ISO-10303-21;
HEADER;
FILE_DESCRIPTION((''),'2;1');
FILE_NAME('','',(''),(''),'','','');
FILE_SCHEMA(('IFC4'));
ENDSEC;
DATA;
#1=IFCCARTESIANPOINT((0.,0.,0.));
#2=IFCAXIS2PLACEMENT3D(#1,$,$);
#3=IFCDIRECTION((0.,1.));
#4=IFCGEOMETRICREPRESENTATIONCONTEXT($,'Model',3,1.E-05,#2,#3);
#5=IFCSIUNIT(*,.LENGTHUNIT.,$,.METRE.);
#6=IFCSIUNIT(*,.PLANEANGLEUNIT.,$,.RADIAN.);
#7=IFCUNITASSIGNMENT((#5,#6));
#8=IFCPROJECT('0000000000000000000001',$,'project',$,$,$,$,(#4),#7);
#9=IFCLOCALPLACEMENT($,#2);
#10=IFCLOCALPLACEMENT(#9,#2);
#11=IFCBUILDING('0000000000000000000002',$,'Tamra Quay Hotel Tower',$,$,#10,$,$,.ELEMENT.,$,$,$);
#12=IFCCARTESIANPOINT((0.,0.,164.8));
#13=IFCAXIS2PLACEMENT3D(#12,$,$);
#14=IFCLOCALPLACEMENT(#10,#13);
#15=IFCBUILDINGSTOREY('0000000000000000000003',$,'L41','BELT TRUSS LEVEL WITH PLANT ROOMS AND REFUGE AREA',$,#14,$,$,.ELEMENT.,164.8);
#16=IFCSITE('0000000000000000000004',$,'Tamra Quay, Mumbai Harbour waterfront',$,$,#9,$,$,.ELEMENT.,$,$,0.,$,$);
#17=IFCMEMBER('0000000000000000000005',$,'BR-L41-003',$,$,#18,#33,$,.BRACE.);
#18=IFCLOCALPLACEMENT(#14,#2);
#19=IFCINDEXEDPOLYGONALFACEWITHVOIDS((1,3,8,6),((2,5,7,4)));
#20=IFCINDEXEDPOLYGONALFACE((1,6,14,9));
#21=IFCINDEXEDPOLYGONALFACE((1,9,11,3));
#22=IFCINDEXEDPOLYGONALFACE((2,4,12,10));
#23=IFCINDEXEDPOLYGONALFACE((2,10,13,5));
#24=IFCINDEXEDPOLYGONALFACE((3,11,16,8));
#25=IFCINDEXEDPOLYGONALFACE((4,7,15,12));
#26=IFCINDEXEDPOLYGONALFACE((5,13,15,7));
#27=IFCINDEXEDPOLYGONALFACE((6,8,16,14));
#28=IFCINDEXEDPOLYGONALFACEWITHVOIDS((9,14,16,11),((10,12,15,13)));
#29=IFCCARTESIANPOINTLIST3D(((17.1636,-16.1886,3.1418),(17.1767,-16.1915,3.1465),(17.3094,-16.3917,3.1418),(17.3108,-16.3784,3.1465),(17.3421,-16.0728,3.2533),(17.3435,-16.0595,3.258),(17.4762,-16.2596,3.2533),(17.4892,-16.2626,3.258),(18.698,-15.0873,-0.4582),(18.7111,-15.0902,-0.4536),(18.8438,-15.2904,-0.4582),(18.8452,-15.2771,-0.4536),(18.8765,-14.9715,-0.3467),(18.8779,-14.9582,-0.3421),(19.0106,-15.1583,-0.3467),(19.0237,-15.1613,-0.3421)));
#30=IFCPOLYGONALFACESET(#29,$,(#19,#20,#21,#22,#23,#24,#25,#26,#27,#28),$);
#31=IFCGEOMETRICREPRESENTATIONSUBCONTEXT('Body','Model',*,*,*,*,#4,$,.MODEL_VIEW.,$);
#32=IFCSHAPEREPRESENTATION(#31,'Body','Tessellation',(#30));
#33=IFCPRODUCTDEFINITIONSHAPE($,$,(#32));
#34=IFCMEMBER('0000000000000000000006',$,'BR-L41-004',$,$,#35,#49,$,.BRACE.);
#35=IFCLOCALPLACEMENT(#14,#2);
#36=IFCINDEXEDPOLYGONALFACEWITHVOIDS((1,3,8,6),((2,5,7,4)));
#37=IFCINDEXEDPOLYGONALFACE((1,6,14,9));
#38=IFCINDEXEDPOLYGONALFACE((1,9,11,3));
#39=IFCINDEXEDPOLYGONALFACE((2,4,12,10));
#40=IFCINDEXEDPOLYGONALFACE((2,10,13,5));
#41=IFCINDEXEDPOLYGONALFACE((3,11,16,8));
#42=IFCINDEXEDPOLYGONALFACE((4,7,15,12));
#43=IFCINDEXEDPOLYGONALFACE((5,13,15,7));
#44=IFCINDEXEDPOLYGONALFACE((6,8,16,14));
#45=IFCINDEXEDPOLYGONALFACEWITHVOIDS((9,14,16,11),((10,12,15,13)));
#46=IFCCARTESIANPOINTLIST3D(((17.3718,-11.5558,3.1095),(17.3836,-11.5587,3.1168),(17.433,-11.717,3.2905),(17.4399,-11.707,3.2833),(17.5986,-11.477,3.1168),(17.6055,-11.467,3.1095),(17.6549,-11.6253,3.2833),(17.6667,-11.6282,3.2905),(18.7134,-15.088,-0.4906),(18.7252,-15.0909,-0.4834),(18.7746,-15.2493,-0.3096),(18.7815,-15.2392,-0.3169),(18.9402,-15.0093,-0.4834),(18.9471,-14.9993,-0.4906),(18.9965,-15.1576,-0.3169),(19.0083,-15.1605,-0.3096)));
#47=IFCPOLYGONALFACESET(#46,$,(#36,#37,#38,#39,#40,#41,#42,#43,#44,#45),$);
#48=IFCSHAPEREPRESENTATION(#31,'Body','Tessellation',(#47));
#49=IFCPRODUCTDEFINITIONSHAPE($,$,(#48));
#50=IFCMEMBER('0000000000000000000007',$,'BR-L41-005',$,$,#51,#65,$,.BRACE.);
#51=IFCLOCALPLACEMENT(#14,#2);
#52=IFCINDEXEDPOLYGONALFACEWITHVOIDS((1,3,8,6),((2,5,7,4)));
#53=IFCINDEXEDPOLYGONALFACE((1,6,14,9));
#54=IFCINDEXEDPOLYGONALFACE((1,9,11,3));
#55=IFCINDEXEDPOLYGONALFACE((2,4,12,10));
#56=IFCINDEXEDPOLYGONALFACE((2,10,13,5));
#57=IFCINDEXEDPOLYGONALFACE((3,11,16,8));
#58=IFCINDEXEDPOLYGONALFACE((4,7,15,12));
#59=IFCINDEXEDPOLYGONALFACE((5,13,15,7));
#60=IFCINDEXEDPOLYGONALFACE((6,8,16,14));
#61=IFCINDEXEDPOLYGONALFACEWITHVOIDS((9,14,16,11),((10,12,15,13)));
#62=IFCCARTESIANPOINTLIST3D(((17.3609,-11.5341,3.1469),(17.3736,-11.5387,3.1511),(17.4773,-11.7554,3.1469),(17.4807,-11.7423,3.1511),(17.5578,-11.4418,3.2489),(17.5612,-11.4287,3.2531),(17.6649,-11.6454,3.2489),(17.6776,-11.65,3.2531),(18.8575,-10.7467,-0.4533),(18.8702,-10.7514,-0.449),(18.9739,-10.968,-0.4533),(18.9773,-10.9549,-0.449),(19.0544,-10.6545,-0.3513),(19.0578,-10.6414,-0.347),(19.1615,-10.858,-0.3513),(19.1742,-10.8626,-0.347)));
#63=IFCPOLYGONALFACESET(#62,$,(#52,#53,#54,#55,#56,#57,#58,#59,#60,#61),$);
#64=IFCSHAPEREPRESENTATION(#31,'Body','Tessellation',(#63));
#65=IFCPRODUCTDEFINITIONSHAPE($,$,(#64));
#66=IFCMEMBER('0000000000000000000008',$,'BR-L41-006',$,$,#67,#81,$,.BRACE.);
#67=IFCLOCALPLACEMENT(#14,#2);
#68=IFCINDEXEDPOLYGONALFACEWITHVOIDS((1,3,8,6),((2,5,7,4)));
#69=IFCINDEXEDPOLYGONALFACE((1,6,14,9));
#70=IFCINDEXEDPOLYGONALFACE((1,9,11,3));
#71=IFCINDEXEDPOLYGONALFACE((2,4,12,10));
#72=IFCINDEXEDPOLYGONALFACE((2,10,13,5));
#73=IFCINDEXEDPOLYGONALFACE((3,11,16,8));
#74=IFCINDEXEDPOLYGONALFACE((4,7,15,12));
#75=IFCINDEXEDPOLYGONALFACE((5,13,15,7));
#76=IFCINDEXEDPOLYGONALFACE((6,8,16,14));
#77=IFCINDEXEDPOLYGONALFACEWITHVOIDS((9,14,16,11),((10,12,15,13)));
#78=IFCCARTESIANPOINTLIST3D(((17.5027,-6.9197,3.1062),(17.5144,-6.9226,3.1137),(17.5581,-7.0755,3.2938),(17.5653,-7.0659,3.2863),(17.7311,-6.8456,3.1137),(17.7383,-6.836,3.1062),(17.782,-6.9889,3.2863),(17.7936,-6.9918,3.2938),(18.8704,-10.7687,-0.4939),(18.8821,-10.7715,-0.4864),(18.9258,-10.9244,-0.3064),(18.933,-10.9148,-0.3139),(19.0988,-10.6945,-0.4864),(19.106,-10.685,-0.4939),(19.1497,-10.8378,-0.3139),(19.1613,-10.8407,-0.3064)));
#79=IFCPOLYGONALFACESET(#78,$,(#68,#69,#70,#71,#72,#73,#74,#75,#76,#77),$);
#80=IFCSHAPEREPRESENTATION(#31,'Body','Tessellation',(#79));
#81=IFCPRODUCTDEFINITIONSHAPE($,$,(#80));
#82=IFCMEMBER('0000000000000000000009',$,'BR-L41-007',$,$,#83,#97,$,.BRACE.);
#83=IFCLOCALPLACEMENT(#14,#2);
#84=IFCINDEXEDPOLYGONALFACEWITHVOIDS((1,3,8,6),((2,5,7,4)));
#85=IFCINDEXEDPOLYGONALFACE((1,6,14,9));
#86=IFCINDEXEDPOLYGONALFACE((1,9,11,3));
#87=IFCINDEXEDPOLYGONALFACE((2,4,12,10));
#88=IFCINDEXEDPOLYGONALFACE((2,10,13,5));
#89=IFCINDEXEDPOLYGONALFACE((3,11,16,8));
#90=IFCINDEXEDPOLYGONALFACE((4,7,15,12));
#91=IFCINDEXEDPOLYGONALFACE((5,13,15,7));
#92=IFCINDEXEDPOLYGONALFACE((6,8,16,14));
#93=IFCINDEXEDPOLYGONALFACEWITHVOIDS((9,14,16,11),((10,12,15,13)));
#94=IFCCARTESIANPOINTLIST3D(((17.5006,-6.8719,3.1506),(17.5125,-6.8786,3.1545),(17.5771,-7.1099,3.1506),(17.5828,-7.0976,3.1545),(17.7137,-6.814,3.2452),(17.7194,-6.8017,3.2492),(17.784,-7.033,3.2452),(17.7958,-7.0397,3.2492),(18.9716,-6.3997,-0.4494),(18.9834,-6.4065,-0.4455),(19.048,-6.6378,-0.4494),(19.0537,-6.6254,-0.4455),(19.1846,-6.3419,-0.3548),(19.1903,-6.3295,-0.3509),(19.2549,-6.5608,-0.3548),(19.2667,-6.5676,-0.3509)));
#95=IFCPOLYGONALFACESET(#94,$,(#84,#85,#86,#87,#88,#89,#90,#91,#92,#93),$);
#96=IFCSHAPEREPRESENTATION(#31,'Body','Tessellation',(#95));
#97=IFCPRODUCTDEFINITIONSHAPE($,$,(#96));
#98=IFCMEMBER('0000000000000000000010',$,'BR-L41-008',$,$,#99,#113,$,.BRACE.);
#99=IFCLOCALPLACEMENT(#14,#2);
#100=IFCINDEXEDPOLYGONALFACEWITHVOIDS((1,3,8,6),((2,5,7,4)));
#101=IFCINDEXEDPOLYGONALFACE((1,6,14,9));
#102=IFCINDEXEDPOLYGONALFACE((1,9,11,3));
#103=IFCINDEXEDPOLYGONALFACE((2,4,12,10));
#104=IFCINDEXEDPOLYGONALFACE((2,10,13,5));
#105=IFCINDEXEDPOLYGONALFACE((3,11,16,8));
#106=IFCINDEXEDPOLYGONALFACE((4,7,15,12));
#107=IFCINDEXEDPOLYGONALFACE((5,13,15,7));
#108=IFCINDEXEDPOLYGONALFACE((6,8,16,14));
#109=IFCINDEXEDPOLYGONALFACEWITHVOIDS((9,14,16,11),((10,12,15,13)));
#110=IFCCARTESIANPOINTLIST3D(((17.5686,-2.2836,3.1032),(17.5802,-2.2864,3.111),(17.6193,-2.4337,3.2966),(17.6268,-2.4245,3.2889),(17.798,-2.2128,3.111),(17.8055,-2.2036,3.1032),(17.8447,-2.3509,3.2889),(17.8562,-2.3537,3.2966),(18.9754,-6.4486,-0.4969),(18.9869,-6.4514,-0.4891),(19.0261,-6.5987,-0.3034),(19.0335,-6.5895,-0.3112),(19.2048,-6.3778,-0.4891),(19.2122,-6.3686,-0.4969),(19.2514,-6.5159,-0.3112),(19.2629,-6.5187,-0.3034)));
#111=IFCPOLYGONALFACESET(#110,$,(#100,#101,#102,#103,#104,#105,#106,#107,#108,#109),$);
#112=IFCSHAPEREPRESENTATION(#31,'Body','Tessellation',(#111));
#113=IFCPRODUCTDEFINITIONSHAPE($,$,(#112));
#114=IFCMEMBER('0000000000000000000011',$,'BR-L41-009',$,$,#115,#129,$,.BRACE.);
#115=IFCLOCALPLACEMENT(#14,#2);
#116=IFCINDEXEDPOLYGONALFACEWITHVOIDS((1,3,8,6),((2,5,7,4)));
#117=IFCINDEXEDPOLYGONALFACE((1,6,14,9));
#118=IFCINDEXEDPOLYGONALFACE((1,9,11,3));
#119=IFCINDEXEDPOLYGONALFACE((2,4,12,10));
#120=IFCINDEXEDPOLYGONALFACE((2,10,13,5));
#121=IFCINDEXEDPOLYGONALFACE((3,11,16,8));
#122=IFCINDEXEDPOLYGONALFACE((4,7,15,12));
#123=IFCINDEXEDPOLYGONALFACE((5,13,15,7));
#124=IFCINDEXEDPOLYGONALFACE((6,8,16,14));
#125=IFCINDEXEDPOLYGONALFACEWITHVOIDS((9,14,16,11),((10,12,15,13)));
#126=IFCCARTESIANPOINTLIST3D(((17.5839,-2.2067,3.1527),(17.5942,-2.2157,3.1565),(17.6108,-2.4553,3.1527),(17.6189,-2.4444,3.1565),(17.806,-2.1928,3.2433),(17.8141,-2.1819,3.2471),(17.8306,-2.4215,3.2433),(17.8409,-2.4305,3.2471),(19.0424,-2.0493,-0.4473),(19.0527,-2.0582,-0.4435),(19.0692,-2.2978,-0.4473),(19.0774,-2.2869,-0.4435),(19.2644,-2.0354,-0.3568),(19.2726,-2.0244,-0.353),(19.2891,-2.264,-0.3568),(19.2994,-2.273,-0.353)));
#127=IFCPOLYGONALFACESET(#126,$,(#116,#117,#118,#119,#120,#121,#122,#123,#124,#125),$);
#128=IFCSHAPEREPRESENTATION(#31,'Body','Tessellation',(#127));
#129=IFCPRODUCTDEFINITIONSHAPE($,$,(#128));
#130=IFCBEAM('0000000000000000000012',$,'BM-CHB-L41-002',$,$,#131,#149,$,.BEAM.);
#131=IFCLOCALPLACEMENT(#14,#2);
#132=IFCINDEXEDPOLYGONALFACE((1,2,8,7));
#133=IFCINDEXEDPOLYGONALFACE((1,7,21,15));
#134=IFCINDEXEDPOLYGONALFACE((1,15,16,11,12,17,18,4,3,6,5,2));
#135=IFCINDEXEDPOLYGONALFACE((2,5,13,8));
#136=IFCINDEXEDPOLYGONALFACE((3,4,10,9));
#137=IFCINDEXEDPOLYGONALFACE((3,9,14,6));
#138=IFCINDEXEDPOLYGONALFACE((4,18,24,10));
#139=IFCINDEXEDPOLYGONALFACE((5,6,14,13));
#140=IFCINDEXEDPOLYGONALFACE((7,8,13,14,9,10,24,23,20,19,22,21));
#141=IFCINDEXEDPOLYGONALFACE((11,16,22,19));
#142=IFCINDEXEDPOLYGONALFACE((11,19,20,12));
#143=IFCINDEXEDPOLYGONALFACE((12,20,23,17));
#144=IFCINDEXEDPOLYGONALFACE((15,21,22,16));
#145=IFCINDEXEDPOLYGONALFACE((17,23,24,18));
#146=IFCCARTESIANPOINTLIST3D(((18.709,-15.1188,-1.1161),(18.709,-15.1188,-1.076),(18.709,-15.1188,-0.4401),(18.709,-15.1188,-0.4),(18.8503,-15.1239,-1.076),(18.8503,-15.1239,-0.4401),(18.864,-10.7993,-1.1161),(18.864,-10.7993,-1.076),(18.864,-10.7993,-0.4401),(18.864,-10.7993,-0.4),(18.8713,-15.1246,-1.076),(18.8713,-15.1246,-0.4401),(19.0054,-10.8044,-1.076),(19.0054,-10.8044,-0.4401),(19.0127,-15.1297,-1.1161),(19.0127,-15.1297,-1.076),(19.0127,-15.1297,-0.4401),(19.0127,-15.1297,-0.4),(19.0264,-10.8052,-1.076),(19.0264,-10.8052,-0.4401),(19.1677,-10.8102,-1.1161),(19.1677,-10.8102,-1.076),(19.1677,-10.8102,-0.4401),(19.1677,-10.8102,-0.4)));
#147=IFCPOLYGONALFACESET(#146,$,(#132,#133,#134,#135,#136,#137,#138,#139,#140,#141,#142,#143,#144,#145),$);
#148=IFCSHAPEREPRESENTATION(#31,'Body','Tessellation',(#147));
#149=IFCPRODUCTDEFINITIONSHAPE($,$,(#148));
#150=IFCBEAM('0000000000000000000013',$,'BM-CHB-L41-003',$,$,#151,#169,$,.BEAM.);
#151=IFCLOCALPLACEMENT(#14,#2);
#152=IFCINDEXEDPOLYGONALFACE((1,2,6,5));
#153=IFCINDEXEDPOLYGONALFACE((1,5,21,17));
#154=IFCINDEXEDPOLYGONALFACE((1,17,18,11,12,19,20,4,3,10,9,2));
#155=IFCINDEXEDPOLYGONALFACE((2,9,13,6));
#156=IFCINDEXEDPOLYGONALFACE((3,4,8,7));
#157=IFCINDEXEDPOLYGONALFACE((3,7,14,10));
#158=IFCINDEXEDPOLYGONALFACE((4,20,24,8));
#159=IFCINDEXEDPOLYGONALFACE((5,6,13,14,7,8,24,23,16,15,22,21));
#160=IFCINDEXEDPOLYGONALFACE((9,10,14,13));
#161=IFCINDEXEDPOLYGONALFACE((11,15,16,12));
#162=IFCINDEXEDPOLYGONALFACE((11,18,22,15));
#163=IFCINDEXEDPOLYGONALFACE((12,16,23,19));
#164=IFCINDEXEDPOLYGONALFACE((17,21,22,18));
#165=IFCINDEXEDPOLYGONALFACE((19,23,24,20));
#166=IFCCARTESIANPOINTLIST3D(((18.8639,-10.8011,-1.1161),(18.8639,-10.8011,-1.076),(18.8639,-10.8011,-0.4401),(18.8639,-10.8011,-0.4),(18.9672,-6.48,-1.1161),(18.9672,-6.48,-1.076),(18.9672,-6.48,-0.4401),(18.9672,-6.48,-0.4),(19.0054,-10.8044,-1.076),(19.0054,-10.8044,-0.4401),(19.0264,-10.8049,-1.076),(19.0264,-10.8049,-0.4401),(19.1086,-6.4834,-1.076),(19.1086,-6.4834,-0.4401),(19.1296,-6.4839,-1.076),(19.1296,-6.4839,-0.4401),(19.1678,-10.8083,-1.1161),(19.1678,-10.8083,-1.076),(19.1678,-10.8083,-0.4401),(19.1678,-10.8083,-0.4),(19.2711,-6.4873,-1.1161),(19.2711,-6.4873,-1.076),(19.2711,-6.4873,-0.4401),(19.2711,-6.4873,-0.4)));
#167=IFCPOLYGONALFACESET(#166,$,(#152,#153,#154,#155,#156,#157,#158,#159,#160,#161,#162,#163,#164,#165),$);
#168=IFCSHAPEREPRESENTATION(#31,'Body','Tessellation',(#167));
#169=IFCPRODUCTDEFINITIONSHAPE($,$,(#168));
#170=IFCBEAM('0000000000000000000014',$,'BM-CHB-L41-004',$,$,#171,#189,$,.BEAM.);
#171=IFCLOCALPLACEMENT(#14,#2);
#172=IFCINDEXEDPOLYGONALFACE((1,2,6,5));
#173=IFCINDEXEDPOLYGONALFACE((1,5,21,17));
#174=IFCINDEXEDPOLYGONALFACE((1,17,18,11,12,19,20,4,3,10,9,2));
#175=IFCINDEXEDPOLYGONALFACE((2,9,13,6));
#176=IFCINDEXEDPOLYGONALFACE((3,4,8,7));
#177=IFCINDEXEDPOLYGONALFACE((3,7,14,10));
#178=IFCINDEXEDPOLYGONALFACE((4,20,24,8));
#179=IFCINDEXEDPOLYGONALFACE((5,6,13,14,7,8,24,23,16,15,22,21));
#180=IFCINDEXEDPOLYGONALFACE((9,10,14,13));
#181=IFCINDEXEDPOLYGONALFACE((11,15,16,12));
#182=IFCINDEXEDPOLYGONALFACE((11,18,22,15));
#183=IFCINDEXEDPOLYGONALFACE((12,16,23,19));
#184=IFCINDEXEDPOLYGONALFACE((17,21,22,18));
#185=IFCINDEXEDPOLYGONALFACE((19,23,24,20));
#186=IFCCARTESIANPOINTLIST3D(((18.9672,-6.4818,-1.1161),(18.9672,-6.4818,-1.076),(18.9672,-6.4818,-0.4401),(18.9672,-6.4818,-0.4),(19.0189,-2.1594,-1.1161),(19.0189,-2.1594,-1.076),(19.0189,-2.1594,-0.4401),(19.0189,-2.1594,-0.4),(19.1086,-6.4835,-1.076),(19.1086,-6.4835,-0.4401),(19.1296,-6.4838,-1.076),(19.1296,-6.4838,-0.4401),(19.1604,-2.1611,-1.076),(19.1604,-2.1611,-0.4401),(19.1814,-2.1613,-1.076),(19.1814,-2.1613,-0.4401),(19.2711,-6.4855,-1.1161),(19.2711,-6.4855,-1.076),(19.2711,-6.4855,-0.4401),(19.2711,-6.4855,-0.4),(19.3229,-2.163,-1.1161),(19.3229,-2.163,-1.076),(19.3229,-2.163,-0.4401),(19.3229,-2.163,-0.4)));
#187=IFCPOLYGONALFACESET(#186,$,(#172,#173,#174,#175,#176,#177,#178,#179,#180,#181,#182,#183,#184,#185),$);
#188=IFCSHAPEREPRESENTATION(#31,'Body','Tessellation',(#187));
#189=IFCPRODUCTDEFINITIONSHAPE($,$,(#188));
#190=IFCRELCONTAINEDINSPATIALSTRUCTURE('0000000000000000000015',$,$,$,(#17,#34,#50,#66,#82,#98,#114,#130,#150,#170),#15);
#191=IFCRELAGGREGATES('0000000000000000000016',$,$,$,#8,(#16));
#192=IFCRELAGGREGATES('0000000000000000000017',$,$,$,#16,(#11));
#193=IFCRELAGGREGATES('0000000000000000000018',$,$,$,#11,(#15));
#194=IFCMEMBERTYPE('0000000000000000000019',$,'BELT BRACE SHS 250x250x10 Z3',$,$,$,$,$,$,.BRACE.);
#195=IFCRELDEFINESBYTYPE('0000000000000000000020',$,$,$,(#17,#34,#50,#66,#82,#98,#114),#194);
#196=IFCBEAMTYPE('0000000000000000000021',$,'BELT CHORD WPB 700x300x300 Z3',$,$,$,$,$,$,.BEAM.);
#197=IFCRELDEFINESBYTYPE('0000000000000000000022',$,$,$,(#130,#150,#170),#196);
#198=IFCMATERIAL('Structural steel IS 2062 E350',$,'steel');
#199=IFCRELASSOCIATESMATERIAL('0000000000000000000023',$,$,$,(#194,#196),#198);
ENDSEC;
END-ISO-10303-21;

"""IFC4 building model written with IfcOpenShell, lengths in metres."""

from ifc_helpers import new_model, si_unit, direction, frame, origin, origin_2d, place, context, subcontext, project, spatial, hollow_rectangle, i_section, extrude, material, material_profile, profile_set, type_object, element, save


model = new_model("IFC4")

# Units and contexts
model_context = context("Model", 3, precision=1e-05, world=origin(), true_north=direction((0.0, 1.0)))
body_context = subcontext(model_context, "Body", "Model", "MODEL_VIEW")
ifc_project = project(units=[si_unit("LENGTHUNIT", "METRE"), si_unit("PLANEANGLEUNIT", "RADIAN")], contexts=[model_context])

# Site, building, storey
site_placement = place(None, origin())
site = spatial("IfcSite", under=ifc_project, at=site_placement, Name="Tamra Quay, Mumbai Harbour waterfront", CompositionType="ELEMENT", RefElevation=0.0)
building_placement = place(site_placement, origin())
building = spatial("IfcBuilding", under=site, at=building_placement, Name="Tamra Quay Hotel Tower", CompositionType="ELEMENT")
storey_placement = place(building_placement, frame((0.0, 0.0, 164.8)))
storey = spatial("IfcBuildingStorey", under=building, at=storey_placement, Name="L41", Description="BELT TRUSS LEVEL WITH PLANT ROOMS AND REFUGE AREA", CompositionType="ELEMENT", Elevation=164.8)

# Members
ifc_material_1 = material(Name="Structural steel IS 2062 E350", Category="steel")
ifc_material_profile_1 = material_profile(ifc_material_1, hollow_rectangle(XDim=0.25, YDim=0.25, WallThickness=0.01, at=origin_2d()), Name="SHS 250x250x10")
ifc_profile_set_1 = profile_set([ifc_material_profile_1], Name="Structural steel IS 2062 E350")
member_type_1 = type_object("IfcMemberType", Name="BELT BRACE SHS 250x250x10 Z3", PredefinedType="BRACE", material=ifc_profile_set_1)
member_1_placement = place(storey_placement, frame((18.8608, -15.1243, -0.4001), z_axis=(-0.377428, -0.270896, 0.88553), x_axis=(0.583095, -0.812404, 0.0)))
element("IfcMember", 1, at=member_1_placement, inside=storey, type_object=member_type_1, Name="BR-L41-003", PredefinedType="BRACE", context=body_context, shape_type="SweptSolid", body=[
    extrude(hollow_rectangle(XDim=0.25, YDim=0.25, WallThickness=0.01, at=origin_2d()), origin(), (0.0, 0.0, 1.0), 4.0654),
])
member_2_placement = place(storey_placement, frame((18.8608, -15.1243, -0.4001), z_axis=(-0.257056, 0.676812, 0.689817), x_axis=(-0.934845, -0.355057, 0.0)))
element("IfcMember", 2, at=member_2_placement, inside=storey, type_object=member_type_1, Name="BR-L41-004", PredefinedType="BRACE", context=body_context, shape_type="SweptSolid", body=[
    extrude(hollow_rectangle(XDim=0.25, YDim=0.25, WallThickness=0.01, at=origin_2d()), origin(), (0.0, 0.0, 1.0), 5.219),
])
member_3_placement = place(storey_placement, frame((19.0159, -10.8047, -0.4001), z_axis=(-0.376263, -0.197953, 0.905119), x_axis=(0.465598, -0.884997, 0.0)))
element("IfcMember", 3, at=member_3_placement, inside=storey, type_object=member_type_1, Name="BR-L41-005", PredefinedType="BRACE", context=body_context, shape_type="SweptSolid", body=[
    extrude(hollow_rectangle(XDim=0.25, YDim=0.25, WallThickness=0.01, at=origin_2d()), origin(), (0.0, 0.0, 1.0), 3.9775),
])
member_4_placement = place(storey_placement, frame((19.0159, -10.8047, -0.4001), z_axis=(-0.251193, 0.706899, 0.661208), x_axis=(-0.942278, -0.334833, 0.0)))
element("IfcMember", 4, at=member_4_placement, inside=storey, type_object=member_type_1, Name="BR-L41-006", PredefinedType="BRACE", context=body_context, shape_type="SweptSolid", body=[
    extrude(hollow_rectangle(XDim=0.25, YDim=0.25, WallThickness=0.01, at=origin_2d()), origin(), (0.0, 0.0, 1.0), 5.4448),
])
member_5_placement = place(storey_placement, frame((19.1191, -6.4836, -0.4001), z_axis=(-0.375475, -0.120526, 0.918963), x_axis=(0.305636, -0.952149, 0.0)))
element("IfcMember", 5, at=member_5_placement, inside=storey, type_object=member_type_1, Name="BR-L41-007", PredefinedType="BRACE", context=body_context, shape_type="SweptSolid", body=[
    extrude(hollow_rectangle(XDim=0.25, YDim=0.25, WallThickness=0.01, at=origin_2d()), origin(), (0.0, 0.0, 1.0), 3.9175),
])
member_6_placement = place(storey_placement, frame((19.1191, -6.4836, -0.4001), z_axis=(-0.24757, 0.733, 0.633577), x_axis=(-0.947421, -0.319991, 0.0)))
element("IfcMember", 6, at=member_6_placement, inside=storey, type_object=member_type_1, Name="BR-L41-008", PredefinedType="BRACE", context=body_context, shape_type="SweptSolid", body=[
    extrude(hollow_rectangle(XDim=0.25, YDim=0.25, WallThickness=0.01, at=origin_2d()), origin(), (0.0, 0.0, 1.0), 5.6821),
])
member_7_placement = place(storey_placement, frame((19.1709, -2.1611, -0.4001), z_axis=(-0.375175, -0.040507, 0.926068), x_axis=(0.107344, -0.994222, 0.0)))
element("IfcMember", 7, at=member_7_placement, inside=storey, type_object=member_type_1, Name="BR-L41-009", PredefinedType="BRACE", context=body_context, shape_type="SweptSolid", body=[
    extrude(hollow_rectangle(XDim=0.25, YDim=0.25, WallThickness=0.01, at=origin_2d()), origin(), (0.0, 0.0, 1.0), 3.8875),
])

# Beams
ifc_material_profile_2 = material_profile(ifc_material_1, i_section(OverallWidth=0.304, OverallDepth=0.7161, WebThickness=0.021, FlangeThickness=0.04, at=origin_2d()), Name="WPB 700x300x300")
ifc_profile_set_2 = profile_set([ifc_material_profile_2], Name="Structural steel IS 2062 E350")
beam_type = type_object("IfcBeamType", Name="BELT CHORD WPB 700x300x300 Z3", PredefinedType="BEAM", material=ifc_profile_set_2)
for number, where, z_axis, x_axis, name in (
    (8, (18.8608, -15.1243, -0.7581), (0.035867, 0.999357, 0.0), (-0.999357, 0.035867, 0.0), "BM-CHB-L41-002"),
    (9, (19.0159, -10.8047, -0.7581), (0.023893, 0.999715, 0.0), (-0.999715, 0.023893, 0.0), "BM-CHB-L41-003"),
):
    element("IfcBeam", number, at=place(storey_placement, frame(where, z_axis=z_axis, x_axis=x_axis)), inside=storey, type_object=beam_type, Name=name, PredefinedType="BEAM", context=body_context, shape_type="SweptSolid", body=[
        extrude(i_section(OverallWidth=0.304, OverallDepth=0.7161, WebThickness=0.021, FlangeThickness=0.04, at=origin_2d()), origin(), (0.0, 0.0, 1.0), 4.3223),
    ])
beam_1_placement = place(storey_placement, frame((19.1191, -6.4836, -0.7581), z_axis=(0.011973, 0.999928, 0.0), x_axis=(-0.999928, 0.011973, 0.0)))
element("IfcBeam", 10, at=beam_1_placement, inside=storey, type_object=beam_type, Name="BM-CHB-L41-004", PredefinedType="BEAM", context=body_context, shape_type="SweptSolid", body=[
    extrude(i_section(OverallWidth=0.304, OverallDepth=0.7161, WebThickness=0.021, FlangeThickness=0.04, at=origin_2d()), origin(), (0.0, 0.0, 1.0), 4.3228),
])

save(model, "model.ifc")
